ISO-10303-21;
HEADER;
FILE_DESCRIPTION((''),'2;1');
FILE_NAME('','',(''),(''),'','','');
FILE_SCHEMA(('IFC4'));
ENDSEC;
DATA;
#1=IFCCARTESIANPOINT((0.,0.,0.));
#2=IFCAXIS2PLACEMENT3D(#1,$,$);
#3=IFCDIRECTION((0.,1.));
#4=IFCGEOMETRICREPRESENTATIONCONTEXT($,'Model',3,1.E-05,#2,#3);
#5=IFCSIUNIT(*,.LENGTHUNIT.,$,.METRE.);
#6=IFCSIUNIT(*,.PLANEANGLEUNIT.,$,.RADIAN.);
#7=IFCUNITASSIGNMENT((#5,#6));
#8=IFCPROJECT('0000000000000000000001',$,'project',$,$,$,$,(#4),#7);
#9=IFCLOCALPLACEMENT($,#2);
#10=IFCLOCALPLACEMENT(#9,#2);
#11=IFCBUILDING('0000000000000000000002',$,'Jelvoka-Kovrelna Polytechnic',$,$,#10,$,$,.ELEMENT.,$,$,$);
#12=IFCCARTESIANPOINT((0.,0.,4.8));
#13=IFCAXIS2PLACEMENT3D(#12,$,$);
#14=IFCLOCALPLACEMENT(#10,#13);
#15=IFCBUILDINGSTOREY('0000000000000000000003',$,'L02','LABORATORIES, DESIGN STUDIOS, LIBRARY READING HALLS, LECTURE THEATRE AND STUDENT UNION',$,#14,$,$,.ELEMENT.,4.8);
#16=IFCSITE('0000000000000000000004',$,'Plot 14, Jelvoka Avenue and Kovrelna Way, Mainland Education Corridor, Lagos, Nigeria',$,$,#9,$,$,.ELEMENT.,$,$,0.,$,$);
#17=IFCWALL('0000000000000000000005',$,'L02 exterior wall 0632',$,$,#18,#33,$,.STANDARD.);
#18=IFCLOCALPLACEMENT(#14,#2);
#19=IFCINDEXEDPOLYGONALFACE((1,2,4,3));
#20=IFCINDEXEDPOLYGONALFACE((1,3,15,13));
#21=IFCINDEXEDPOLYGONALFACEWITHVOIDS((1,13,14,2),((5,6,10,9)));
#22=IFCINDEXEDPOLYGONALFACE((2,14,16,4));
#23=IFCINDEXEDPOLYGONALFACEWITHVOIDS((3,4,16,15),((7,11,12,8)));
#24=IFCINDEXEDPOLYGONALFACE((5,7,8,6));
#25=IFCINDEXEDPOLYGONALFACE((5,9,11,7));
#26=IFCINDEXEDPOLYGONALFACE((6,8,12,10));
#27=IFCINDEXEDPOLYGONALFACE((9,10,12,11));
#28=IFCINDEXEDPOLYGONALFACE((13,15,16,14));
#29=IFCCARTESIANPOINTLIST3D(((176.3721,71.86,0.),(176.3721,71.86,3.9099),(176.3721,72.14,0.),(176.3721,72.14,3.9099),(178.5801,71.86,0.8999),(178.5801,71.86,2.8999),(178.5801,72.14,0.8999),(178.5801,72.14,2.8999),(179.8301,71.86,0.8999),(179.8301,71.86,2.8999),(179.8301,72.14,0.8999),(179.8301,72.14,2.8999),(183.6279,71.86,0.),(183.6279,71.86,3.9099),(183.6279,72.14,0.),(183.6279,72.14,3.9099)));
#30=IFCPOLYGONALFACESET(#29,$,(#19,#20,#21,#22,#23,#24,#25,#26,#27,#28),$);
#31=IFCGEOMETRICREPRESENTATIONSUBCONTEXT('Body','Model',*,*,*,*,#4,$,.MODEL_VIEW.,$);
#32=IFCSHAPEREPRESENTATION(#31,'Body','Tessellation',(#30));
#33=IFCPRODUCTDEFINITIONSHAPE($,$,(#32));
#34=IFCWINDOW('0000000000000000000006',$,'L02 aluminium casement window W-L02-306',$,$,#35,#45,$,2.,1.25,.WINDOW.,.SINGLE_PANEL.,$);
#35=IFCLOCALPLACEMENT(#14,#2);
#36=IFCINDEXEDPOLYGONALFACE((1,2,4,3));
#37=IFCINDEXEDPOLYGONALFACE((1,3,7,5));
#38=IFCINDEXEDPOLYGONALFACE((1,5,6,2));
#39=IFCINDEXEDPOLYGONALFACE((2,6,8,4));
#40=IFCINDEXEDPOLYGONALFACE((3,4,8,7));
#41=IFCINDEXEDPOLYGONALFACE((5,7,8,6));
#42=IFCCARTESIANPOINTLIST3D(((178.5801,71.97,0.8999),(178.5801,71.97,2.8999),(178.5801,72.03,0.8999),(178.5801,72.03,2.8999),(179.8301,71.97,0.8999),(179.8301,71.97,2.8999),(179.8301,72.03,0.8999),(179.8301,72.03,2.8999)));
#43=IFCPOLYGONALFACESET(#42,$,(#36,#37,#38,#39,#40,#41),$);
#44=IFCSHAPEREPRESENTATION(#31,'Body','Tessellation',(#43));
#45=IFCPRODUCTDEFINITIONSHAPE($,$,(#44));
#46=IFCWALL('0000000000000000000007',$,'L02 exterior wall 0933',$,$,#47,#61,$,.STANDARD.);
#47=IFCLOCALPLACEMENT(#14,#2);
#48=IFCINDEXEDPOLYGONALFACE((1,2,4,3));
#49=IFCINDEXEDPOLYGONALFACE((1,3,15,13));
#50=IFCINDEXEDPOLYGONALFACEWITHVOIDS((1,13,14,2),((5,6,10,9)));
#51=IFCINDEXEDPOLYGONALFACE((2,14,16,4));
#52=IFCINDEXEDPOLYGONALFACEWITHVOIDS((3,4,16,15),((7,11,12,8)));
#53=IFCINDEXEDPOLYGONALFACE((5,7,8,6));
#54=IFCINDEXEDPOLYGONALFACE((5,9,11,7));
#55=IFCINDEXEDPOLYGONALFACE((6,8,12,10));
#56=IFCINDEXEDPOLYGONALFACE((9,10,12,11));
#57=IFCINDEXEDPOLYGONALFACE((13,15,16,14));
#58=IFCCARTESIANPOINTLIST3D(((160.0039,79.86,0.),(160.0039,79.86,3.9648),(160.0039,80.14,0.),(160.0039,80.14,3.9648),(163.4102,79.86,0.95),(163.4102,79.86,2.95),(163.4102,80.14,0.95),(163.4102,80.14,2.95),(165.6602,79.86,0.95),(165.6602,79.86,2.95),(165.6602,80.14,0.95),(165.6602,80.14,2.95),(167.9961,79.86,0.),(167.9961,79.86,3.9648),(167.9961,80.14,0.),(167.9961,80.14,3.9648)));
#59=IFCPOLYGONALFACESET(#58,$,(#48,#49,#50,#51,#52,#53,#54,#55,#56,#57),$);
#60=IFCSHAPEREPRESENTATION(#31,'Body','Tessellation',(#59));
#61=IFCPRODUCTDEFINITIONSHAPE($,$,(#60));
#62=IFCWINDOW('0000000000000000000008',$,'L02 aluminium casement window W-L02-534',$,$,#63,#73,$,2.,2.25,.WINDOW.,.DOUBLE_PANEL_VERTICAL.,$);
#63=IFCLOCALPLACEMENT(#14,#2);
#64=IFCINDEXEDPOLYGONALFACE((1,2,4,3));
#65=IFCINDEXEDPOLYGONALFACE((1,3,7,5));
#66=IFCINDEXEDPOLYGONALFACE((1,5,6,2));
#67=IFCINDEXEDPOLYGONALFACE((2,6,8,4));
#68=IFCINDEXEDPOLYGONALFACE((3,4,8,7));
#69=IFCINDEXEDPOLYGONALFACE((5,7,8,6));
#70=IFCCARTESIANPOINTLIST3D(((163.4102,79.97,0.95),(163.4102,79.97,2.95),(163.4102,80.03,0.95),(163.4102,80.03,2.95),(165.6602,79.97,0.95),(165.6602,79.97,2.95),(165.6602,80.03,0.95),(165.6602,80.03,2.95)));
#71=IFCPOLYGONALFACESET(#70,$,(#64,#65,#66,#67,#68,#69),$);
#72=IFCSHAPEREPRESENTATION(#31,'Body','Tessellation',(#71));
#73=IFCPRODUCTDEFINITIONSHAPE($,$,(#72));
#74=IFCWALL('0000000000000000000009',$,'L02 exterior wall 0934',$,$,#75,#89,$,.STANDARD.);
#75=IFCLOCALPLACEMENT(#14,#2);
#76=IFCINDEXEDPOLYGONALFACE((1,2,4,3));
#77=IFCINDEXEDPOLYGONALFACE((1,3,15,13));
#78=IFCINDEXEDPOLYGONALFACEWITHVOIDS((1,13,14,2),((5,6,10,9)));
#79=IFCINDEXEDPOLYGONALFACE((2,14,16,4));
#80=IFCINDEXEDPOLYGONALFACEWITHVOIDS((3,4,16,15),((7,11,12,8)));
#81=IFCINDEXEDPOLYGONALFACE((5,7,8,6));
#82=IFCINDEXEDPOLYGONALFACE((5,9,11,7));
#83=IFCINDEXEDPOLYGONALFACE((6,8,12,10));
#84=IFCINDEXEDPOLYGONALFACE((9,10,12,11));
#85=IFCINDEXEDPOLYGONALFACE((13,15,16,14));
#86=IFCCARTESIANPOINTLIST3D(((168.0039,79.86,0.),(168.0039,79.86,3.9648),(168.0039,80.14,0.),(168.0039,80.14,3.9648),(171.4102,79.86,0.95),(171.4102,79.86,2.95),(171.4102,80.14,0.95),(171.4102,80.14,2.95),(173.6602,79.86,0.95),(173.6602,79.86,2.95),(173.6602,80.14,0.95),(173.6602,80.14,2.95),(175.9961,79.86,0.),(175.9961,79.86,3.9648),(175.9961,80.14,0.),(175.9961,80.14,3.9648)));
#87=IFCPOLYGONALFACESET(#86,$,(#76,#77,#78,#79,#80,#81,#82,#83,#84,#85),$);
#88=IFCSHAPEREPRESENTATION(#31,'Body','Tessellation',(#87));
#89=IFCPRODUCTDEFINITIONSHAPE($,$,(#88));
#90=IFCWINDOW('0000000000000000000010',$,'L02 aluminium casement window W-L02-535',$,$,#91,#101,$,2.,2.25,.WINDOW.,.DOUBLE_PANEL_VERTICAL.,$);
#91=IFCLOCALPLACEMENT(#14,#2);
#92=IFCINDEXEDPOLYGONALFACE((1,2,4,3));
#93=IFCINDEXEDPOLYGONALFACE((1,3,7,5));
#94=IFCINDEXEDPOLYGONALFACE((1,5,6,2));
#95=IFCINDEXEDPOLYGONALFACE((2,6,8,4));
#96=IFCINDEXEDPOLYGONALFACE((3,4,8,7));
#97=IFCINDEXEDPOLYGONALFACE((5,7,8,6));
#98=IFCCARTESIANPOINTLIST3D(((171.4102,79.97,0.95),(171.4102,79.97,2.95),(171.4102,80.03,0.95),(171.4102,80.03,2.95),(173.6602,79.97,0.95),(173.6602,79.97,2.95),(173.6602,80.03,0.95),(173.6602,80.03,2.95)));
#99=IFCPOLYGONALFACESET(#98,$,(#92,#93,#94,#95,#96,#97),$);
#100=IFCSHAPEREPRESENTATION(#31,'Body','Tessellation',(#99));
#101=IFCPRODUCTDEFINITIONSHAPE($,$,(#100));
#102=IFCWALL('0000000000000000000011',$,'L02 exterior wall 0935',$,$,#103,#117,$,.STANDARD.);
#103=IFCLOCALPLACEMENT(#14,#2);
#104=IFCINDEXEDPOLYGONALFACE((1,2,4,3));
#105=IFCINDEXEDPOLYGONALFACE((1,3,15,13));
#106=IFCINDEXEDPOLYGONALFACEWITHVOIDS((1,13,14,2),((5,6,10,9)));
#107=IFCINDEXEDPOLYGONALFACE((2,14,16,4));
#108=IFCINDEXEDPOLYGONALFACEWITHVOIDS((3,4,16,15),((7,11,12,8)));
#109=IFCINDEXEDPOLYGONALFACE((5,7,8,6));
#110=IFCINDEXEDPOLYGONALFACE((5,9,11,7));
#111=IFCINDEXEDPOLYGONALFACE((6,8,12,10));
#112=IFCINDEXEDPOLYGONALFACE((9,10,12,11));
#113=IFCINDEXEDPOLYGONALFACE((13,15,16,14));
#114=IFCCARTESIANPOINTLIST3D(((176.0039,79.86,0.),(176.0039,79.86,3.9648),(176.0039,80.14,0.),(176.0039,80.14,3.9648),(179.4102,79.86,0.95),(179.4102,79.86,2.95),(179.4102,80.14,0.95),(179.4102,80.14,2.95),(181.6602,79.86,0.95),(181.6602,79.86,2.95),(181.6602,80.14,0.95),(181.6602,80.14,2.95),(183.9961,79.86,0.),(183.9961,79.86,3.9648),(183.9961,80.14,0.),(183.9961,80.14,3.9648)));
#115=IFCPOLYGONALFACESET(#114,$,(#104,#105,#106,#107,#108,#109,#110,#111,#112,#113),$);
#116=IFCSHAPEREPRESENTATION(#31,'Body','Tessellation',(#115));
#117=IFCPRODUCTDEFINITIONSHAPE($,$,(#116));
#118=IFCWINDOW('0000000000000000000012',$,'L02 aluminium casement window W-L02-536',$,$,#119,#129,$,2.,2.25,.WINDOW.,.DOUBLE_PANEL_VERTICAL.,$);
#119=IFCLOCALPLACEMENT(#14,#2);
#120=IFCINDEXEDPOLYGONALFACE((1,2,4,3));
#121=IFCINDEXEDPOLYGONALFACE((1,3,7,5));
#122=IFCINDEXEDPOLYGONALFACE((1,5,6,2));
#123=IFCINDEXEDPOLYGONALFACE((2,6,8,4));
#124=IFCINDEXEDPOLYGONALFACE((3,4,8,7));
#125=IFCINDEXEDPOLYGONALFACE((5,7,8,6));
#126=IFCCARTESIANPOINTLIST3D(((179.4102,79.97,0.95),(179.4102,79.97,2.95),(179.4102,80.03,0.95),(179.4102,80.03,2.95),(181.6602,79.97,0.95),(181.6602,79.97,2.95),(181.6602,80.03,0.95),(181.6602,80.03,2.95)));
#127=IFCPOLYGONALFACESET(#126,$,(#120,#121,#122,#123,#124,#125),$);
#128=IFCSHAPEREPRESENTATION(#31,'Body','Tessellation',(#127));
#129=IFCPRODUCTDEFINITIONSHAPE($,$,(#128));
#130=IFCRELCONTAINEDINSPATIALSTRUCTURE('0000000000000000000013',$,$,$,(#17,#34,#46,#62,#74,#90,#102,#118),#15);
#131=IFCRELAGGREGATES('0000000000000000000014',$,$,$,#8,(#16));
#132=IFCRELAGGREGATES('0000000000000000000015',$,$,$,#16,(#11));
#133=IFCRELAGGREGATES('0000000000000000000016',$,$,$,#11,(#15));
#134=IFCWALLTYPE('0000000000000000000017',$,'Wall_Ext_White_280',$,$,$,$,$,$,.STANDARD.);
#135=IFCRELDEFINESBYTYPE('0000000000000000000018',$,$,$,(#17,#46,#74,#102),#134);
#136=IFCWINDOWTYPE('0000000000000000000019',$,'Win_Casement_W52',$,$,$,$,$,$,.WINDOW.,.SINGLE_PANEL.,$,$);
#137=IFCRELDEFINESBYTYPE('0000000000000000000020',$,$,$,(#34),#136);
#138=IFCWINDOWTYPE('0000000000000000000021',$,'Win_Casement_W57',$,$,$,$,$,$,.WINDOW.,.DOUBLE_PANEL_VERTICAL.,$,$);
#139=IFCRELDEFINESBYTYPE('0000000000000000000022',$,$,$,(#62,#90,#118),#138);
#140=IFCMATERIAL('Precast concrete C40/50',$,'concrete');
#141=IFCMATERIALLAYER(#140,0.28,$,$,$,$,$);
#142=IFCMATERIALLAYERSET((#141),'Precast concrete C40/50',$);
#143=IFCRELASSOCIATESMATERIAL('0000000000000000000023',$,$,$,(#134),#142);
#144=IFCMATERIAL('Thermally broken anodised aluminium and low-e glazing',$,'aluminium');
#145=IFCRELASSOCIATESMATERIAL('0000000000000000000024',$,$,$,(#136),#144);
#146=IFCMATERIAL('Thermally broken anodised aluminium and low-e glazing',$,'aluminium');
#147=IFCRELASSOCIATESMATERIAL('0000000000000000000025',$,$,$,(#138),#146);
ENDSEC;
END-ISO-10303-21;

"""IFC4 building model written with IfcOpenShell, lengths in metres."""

from ifc_helpers import new_model, si_unit, direction, frame, frame_2d, origin, place, context, subcontext, project, spatial, rectangle, extrude, material, layer, layer_set, type_object, element, fill, save


model = new_model("IFC4")

# Units and contexts
model_context = context("Model", 3, precision=1e-05, world=origin(), true_north=direction((0.0, 1.0)))
body_context = subcontext(model_context, "Body", "Model", "MODEL_VIEW")
ifc_project = project(units=[si_unit("LENGTHUNIT", "METRE"), si_unit("PLANEANGLEUNIT", "RADIAN")], contexts=[model_context])

# Site, building, storey
site_placement = place(None, origin())
site = spatial("IfcSite", under=ifc_project, at=site_placement, Name="Plot 14, Jelvoka Avenue and Kovrelna Way, Mainland Education Corridor, Lagos, Nigeria", CompositionType="ELEMENT", RefElevation=0.0)
building_placement = place(site_placement, origin())
building = spatial("IfcBuilding", under=site, at=building_placement, Name="Jelvoka-Kovrelna Polytechnic", CompositionType="ELEMENT")
storey_placement = place(building_placement, frame((0.0, 0.0, 4.8)))
storey = spatial("IfcBuildingStorey", under=building, at=storey_placement, Name="L02", Description="LABORATORIES, DESIGN STUDIOS, LIBRARY READING HALLS, LECTURE THEATRE AND STUDENT UNION", CompositionType="ELEMENT", Elevation=4.8)

# Walls, openings, windows
ifc_material_1 = material(Name="Precast concrete C40/50", Category="concrete")
ifc_layer = layer(ifc_material_1, 0.28)
ifc_layer_set = layer_set([ifc_layer], Name="Precast concrete C40/50")
wall_type = type_object("IfcWallType", Name="Wall_Ext_White_280", PredefinedType="STANDARD", material=ifc_layer_set)
wall_1_placement = place(storey_placement, frame((176.3721, 72.0, 0.0), z_axis=(0.0, 0.0, 1.0), x_axis=(1.0, 0.0, 0.0)))
wall_1 = element("IfcWall", 1, at=wall_1_placement, inside=storey, type_object=wall_type, Name="L02 exterior wall 0632", PredefinedType="STANDARD", context=body_context, shape_type="SweptSolid", body=[
    extrude(rectangle(XDim=7.2559, YDim=0.28, at=frame_2d((3.6279, 0.0))), origin(), (0.0, 0.0, 1.0), 3.9099),
])
opening_1_placement = place(wall_1_placement, frame((2.208, 0.0, 0.8999)))
opening_1 = element("IfcOpeningElement", 2, at=opening_1_placement, cuts=wall_1, PredefinedType="OPENING", context=body_context, shape_type="SweptSolid", body=[
    extrude(rectangle(XDim=1.25, YDim=2.0, at=frame_2d((0.625, 1.0))), frame((0.0, 0.1501, 0.0), z_axis=(0.0, -1.0, 0.0), x_axis=(1.0, 0.0, 0.0)), (0.0, 0.0, 1.0), 0.3),
])
ifc_material_2 = material(Name="Thermally broken anodised aluminium and low-e glazing", Category="aluminium")
window_type_1 = type_object("IfcWindowType", Name="Win_Casement_W52", PartitioningType="SINGLE_PANEL", PredefinedType="WINDOW", material=ifc_material_2)
window_1_placement = place(opening_1_placement, origin())
window_1 = element("IfcWindow", 3, at=window_1_placement, inside=storey, type_object=window_type_1, Name="L02 aluminium casement window W-L02-306", OverallHeight=2.0, OverallWidth=1.25, PartitioningType="SINGLE_PANEL", PredefinedType="WINDOW", context=body_context, shape_type="SweptSolid", body=[
    extrude(rectangle(XDim=1.25, YDim=2.0, at=frame_2d((0.625, 1.0))), frame((0.0, 0.03, 0.0), z_axis=(0.0, -1.0, 0.0), x_axis=(1.0, 0.0, 0.0)), (0.0, 0.0, 1.0), 0.0601),
])
fill(opening_1, window_1)
wall_2_placement = place(storey_placement, frame((167.9961, 80.0, 0.0), z_axis=(0.0, 0.0, 1.0), x_axis=(-1.0, 0.0, 0.0)))
wall_2 = element("IfcWall", 4, at=wall_2_placement, inside=storey, type_object=wall_type, Name="L02 exterior wall 0933", PredefinedType="STANDARD", context=body_context, shape_type="SweptSolid", body=[
    extrude(rectangle(XDim=7.9922, YDim=0.28, at=frame_2d((3.9961, 0.0))), origin(), (0.0, 0.0, 1.0), 3.9648),
])
opening_2_placement = place(wall_2_placement, frame((2.3359, 0.0, 0.95)))
opening_2 = element("IfcOpeningElement", 5, at=opening_2_placement, cuts=wall_2, PredefinedType="OPENING", context=body_context, shape_type="SweptSolid", body=[
    extrude(rectangle(XDim=2.25, YDim=2.0, at=frame_2d((1.125, 1.0))), frame((0.0, 0.1501, 0.0), z_axis=(0.0, -1.0, 0.0), x_axis=(1.0, 0.0, 0.0)), (0.0, 0.0, 1.0), 0.3),
])
ifc_material_3 = material(Name="Thermally broken anodised aluminium and low-e glazing", Category="aluminium")
window_type_2 = type_object("IfcWindowType", Name="Win_Casement_W57", PartitioningType="DOUBLE_PANEL_VERTICAL", PredefinedType="WINDOW", material=ifc_material_3)
window_2_placement = place(opening_2_placement, origin())
window_2 = element("IfcWindow", 6, at=window_2_placement, inside=storey, type_object=window_type_2, Name="L02 aluminium casement window W-L02-534", OverallHeight=2.0, OverallWidth=2.25, PartitioningType="DOUBLE_PANEL_VERTICAL", PredefinedType="WINDOW", context=body_context, shape_type="SweptSolid", body=[
    extrude(rectangle(XDim=2.25, YDim=2.0, at=frame_2d((1.125, 1.0))), frame((0.0, 0.03, 0.0), z_axis=(0.0, -1.0, 0.0), x_axis=(1.0, 0.0, 0.0)), (0.0, 0.0, 1.0), 0.0601),
])
fill(opening_2, window_2)
wall_3_placement = place(storey_placement, frame((175.9961, 80.0, 0.0), z_axis=(0.0, 0.0, 1.0), x_axis=(-1.0, 0.0, 0.0)))
wall_3 = element("IfcWall", 7, at=wall_3_placement, inside=storey, type_object=wall_type, Name="L02 exterior wall 0934", PredefinedType="STANDARD", context=body_context, shape_type="SweptSolid", body=[
    extrude(rectangle(XDim=7.9922, YDim=0.28, at=frame_2d((3.9961, 0.0))), origin(), (0.0, 0.0, 1.0), 3.9648),
])
opening_3_placement = place(wall_3_placement, frame((2.3359, 0.0, 0.95)))
opening_3 = element("IfcOpeningElement", 8, at=opening_3_placement, cuts=wall_3, PredefinedType="OPENING", context=body_context, shape_type="SweptSolid", body=[
    extrude(rectangle(XDim=2.25, YDim=2.0, at=frame_2d((1.125, 1.0))), frame((0.0, 0.1501, 0.0), z_axis=(0.0, -1.0, 0.0), x_axis=(1.0, 0.0, 0.0)), (0.0, 0.0, 1.0), 0.3),
])
window_3_placement = place(opening_3_placement, origin())
window_3 = element("IfcWindow", 9, at=window_3_placement, inside=storey, type_object=window_type_2, Name="L02 aluminium casement window W-L02-535", OverallHeight=2.0, OverallWidth=2.25, PartitioningType="DOUBLE_PANEL_VERTICAL", PredefinedType="WINDOW", context=body_context, shape_type="SweptSolid", body=[
    extrude(rectangle(XDim=2.25, YDim=2.0, at=frame_2d((1.125, 1.0))), frame((0.0, 0.03, 0.0), z_axis=(0.0, -1.0, 0.0), x_axis=(1.0, 0.0, 0.0)), (0.0, 0.0, 1.0), 0.0601),
])
fill(opening_3, window_3)
wall_4_placement = place(storey_placement, frame((183.9961, 80.0, 0.0), z_axis=(0.0, 0.0, 1.0), x_axis=(-1.0, 0.0, 0.0)))
wall_4 = element("IfcWall", 10, at=wall_4_placement, inside=storey, type_object=wall_type, Name="L02 exterior wall 0935", PredefinedType="STANDARD", context=body_context, shape_type="SweptSolid", body=[
    extrude(rectangle(XDim=7.9922, YDim=0.28, at=frame_2d((3.9961, 0.0))), origin(), (0.0, 0.0, 1.0), 3.9648),
])
opening_4_placement = place(wall_4_placement, frame((2.3359, 0.0, 0.95)))
opening_4 = element("IfcOpeningElement", 11, at=opening_4_placement, cuts=wall_4, PredefinedType="OPENING", context=body_context, shape_type="SweptSolid", body=[
    extrude(rectangle(XDim=2.25, YDim=2.0, at=frame_2d((1.125, 1.0))), frame((0.0, 0.1501, 0.0), z_axis=(0.0, -1.0, 0.0), x_axis=(1.0, 0.0, 0.0)), (0.0, 0.0, 1.0), 0.3),
])
window_4_placement = place(opening_4_placement, origin())
window_4 = element("IfcWindow", 12, at=window_4_placement, inside=storey, type_object=window_type_2, Name="L02 aluminium casement window W-L02-536", OverallHeight=2.0, OverallWidth=2.25, PartitioningType="DOUBLE_PANEL_VERTICAL", PredefinedType="WINDOW", context=body_context, shape_type="SweptSolid", body=[
    extrude(rectangle(XDim=2.25, YDim=2.0, at=frame_2d((1.125, 1.0))), frame((0.0, 0.03, 0.0), z_axis=(0.0, -1.0, 0.0), x_axis=(1.0, 0.0, 0.0)), (0.0, 0.0, 1.0), 0.0601),
])
fill(opening_4, window_4)

save(model, "model.ifc")
